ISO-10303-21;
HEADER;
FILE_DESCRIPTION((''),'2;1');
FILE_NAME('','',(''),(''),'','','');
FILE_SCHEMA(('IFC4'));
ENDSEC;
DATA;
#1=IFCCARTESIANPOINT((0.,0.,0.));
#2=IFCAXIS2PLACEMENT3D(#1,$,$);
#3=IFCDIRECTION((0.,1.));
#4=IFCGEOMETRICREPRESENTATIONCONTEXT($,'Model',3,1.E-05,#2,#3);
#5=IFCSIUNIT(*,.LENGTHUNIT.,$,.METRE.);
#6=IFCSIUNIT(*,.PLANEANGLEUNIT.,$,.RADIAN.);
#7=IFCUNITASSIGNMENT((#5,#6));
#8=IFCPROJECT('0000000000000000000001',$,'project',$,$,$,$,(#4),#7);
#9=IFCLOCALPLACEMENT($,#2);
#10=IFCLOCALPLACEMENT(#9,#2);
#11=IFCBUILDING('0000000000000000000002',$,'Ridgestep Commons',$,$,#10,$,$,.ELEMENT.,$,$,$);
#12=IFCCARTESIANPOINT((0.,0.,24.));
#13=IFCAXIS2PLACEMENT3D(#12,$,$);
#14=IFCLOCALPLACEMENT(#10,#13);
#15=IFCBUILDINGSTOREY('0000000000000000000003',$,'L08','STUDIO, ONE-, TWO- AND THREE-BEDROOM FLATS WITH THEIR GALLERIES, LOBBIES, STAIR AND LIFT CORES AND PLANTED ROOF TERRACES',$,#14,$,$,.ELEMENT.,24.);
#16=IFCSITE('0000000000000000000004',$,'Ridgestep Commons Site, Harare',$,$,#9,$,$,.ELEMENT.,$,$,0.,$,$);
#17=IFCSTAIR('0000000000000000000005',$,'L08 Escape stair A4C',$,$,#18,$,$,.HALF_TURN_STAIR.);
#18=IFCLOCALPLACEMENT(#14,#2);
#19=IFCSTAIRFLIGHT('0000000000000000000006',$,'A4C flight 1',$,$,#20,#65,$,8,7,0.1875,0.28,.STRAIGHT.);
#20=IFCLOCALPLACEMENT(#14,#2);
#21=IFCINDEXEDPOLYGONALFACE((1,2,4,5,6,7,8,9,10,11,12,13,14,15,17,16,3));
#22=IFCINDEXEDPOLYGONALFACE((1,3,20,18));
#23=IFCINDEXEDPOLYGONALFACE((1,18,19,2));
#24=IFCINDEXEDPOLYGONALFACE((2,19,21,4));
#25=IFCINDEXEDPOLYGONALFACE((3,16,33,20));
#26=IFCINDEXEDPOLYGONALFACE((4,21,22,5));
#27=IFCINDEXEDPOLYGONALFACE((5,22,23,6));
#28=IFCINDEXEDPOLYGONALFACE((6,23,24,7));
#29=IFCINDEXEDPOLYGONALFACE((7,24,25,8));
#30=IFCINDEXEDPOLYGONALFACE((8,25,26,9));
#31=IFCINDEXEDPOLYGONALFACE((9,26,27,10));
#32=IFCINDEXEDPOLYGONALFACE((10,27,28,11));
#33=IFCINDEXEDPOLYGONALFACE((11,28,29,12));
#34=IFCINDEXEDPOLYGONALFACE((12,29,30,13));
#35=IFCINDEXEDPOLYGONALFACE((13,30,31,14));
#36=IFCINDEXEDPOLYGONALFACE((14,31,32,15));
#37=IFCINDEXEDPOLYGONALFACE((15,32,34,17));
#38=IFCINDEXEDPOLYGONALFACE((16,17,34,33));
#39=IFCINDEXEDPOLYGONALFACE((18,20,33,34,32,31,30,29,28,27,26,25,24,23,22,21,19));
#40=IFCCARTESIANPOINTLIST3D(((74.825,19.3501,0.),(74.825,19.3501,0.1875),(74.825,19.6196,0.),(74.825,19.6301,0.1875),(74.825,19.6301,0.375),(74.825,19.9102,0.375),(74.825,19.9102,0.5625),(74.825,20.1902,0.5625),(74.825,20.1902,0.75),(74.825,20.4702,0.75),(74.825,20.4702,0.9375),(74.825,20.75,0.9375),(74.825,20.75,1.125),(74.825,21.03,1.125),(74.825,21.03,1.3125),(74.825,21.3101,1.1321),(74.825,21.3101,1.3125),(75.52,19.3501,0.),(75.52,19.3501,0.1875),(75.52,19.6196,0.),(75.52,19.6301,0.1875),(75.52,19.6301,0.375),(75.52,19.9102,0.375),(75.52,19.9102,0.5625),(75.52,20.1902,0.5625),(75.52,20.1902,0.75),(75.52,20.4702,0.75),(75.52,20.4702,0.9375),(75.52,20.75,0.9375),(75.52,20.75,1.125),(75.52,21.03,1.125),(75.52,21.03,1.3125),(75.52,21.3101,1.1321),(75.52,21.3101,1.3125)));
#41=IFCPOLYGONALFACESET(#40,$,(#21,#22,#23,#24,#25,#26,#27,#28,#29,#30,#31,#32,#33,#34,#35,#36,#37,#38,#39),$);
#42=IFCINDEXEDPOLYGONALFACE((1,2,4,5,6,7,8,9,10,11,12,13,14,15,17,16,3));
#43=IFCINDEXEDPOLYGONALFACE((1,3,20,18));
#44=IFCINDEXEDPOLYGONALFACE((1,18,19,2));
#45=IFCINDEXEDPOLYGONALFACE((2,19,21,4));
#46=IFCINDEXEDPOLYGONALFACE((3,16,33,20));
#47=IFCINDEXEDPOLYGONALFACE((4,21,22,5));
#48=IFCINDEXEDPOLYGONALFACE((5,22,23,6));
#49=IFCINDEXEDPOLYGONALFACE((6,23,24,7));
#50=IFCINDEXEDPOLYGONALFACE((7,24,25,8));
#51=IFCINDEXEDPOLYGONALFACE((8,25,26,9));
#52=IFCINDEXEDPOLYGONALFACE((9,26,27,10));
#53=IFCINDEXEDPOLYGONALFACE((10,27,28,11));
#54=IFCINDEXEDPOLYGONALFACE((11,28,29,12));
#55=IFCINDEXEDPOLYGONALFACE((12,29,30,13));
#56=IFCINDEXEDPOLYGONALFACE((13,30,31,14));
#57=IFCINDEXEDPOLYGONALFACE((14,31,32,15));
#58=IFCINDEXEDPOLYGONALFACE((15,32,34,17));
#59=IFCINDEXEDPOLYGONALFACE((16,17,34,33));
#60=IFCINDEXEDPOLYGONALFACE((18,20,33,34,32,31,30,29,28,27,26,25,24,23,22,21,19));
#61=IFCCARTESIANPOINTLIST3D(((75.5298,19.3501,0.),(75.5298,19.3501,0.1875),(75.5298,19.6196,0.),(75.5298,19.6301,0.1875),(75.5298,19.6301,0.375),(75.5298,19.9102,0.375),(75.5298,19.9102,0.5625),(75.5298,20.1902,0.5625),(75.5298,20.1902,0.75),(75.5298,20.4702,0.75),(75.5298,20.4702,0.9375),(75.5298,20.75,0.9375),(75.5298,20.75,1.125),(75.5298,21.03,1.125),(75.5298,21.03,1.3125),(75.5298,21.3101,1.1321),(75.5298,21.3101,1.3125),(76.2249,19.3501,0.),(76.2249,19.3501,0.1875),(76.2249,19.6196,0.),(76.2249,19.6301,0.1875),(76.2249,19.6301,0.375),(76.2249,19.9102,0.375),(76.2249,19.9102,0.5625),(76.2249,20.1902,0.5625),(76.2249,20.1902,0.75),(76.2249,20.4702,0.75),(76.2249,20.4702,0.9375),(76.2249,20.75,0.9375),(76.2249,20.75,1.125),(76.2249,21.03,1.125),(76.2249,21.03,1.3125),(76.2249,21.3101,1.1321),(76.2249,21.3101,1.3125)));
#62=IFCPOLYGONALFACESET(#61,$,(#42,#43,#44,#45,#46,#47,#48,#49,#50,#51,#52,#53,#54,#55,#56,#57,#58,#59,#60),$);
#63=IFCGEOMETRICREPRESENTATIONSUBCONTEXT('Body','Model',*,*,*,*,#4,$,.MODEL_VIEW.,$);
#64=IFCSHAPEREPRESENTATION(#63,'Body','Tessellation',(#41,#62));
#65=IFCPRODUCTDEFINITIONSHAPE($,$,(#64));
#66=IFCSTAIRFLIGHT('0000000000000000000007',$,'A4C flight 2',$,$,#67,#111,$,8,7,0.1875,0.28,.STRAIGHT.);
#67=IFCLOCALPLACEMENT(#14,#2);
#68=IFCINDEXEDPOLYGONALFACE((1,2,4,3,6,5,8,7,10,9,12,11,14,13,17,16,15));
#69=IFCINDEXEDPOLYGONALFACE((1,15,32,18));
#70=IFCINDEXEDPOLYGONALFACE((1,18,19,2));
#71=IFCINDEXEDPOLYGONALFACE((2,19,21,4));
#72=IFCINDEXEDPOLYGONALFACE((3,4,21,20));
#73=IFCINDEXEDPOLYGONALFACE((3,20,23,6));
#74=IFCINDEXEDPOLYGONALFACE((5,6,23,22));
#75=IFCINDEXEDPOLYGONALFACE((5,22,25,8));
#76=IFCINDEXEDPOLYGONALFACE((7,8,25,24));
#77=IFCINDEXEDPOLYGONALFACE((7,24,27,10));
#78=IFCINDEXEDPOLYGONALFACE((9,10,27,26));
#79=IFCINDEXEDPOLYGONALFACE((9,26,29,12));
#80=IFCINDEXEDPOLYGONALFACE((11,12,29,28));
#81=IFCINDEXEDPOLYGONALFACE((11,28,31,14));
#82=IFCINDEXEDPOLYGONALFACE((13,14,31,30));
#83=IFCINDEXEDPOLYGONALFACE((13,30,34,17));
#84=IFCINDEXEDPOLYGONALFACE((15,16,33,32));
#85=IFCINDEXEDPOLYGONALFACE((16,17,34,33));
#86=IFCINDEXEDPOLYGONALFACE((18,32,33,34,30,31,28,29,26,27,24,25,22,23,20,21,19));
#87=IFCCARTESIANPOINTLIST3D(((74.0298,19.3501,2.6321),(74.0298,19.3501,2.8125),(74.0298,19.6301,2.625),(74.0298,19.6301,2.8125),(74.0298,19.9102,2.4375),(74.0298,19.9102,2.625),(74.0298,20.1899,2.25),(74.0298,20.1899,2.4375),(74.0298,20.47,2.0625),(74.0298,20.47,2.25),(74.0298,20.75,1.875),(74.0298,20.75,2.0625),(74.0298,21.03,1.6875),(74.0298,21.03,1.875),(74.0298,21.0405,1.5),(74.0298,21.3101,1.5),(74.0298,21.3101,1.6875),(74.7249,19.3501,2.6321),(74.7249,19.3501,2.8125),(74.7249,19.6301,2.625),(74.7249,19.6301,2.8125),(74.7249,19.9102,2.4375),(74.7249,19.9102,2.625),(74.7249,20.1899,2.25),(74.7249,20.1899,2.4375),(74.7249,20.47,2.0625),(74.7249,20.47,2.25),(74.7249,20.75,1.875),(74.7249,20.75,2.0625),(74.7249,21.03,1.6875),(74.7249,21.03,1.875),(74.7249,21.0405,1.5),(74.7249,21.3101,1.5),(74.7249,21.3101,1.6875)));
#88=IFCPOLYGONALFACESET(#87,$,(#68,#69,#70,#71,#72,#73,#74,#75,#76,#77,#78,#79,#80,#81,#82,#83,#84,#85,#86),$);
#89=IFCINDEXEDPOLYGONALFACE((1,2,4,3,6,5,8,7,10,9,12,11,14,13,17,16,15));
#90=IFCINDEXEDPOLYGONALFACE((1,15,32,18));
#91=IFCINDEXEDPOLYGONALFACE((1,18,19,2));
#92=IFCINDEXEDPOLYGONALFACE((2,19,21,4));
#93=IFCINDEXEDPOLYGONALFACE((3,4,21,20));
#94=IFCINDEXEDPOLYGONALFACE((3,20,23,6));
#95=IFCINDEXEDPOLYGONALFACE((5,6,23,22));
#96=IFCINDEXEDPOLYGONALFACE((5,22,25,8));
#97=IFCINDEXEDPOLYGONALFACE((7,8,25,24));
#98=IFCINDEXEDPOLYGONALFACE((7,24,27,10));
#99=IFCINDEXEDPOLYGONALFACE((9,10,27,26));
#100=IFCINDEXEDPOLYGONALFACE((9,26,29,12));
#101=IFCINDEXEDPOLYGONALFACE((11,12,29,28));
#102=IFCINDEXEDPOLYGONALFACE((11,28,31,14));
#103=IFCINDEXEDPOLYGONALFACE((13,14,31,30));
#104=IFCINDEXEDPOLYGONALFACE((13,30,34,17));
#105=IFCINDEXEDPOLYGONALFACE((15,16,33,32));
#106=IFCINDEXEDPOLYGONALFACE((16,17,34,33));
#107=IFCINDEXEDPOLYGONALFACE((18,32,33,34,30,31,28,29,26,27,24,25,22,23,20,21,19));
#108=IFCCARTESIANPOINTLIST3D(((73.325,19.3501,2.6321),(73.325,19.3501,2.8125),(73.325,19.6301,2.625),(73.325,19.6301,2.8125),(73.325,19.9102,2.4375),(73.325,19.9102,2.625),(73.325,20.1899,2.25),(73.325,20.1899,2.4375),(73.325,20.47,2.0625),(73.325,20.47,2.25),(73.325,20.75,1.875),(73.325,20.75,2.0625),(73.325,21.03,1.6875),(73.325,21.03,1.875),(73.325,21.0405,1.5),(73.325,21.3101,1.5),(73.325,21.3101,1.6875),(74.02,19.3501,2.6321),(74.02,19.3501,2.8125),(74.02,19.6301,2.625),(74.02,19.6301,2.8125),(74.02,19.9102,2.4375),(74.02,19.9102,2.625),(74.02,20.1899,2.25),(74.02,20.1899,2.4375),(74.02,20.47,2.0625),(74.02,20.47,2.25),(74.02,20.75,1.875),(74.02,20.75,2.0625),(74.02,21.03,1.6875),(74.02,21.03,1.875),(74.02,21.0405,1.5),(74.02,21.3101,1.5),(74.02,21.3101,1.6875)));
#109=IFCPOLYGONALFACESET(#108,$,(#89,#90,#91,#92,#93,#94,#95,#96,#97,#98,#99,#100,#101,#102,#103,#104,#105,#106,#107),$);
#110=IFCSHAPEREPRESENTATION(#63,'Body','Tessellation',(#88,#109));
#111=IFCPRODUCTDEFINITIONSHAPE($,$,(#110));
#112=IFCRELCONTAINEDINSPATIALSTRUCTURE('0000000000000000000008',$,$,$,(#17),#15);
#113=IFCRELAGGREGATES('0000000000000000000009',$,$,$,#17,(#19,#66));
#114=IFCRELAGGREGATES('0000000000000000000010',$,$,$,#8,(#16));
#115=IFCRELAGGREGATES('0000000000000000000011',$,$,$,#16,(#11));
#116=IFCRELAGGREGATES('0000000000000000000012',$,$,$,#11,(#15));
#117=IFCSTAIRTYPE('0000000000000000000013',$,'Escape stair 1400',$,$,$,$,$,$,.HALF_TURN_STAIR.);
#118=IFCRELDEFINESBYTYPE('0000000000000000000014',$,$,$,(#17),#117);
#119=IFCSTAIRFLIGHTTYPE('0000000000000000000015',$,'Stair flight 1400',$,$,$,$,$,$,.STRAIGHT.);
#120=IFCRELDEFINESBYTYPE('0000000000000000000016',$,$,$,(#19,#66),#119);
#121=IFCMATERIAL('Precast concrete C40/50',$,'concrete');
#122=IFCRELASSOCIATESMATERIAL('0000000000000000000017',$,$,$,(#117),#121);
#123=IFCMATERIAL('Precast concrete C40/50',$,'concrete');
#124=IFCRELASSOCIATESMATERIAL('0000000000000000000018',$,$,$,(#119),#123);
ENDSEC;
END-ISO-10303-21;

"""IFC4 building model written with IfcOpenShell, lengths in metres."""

from ifc_helpers import new_model, si_unit, direction, frame, origin, place, context, subcontext, project, spatial, polyline, outline, extrude, material, type_object, element, aggregate, save


model = new_model("IFC4")

# Units and contexts
model_context = context("Model", 3, precision=1e-05, world=origin(), true_north=direction((0.0, 1.0)))
body_context = subcontext(model_context, "Body", "Model", "MODEL_VIEW")
ifc_project = project(units=[si_unit("LENGTHUNIT", "METRE"), si_unit("PLANEANGLEUNIT", "RADIAN")], contexts=[model_context])

# Site, building, storey
site_placement = place(None, origin())
site = spatial("IfcSite", under=ifc_project, at=site_placement, Name="Ridgestep Commons Site, Harare", CompositionType="ELEMENT", RefElevation=0.0)
building_placement = place(site_placement, origin())
building = spatial("IfcBuilding", under=site, at=building_placement, Name="Ridgestep Commons", CompositionType="ELEMENT")
storey_placement = place(building_placement, frame((0.0, 0.0, 24.0)))
storey = spatial("IfcBuildingStorey", under=building, at=storey_placement, Name="L08", Description="STUDIO, ONE-, TWO- AND THREE-BEDROOM FLATS WITH THEIR GALLERIES, LOBBIES, STAIR AND LIFT CORES AND PLANTED ROOF TERRACES", CompositionType="ELEMENT", Elevation=24.0)

# Stair, stair flights
ifc_material_1 = material(Name="Precast concrete C40/50", Category="concrete")
stair_type = type_object("IfcStairType", Name="Escape stair 1400", PredefinedType="HALF_TURN_STAIR", material=ifc_material_1)
stair_placement = place(storey_placement, origin())
stair = element("IfcStair", 1, at=stair_placement, inside=storey, type_object=stair_type, Name="L08 Escape stair A4C", PredefinedType="HALF_TURN_STAIR")
ifc_material_2 = material(Name="Precast concrete C40/50", Category="concrete")
stair_flight_type = type_object("IfcStairFlightType", Name="Stair flight 1400", PredefinedType="STRAIGHT", material=ifc_material_2)
stair_flight_1_placement = place(storey_placement, frame((75.5249, 19.3501, 0.0), z_axis=(0.0, 0.0, 1.0), x_axis=(0.0, 1.0, 0.0)))
stair_flight_1 = element("IfcStairFlight", 2, at=stair_flight_1_placement, type_object=stair_flight_type, Name="A4C flight 1", NumberOfRisers=8, NumberOfTreads=7, PredefinedType="STRAIGHT", RiserHeight=0.1875, TreadLength=0.28, context=body_context, shape_type="SweptSolid", body=[
    extrude(outline(polyline([(0.0, 0.0), (0.0, 0.1875), (0.28, 0.1875), (0.28, 0.375), (0.5601, 0.375), (0.5601, 0.5625), (0.8401, 0.5625), (0.8401, 0.75), (1.1201, 0.75), (1.1201, 0.9375), (1.3999, 0.9375), (1.3999, 1.125), (1.6799, 1.125), (1.6799, 1.3125), (1.96, 1.3125), (1.96, 1.5), (1.96, 1.1321), (0.2695, 0.0), (0.0, 0.0)])), frame((0.0, 0.7, 0.0), z_axis=(0.0, -1.0, 0.0), x_axis=(1.0, 0.0, 0.0)), (0.0, 0.0, 1.0), 0.6951),
    extrude(outline(polyline([(0.0, 0.0), (0.0, 0.1875), (0.28, 0.1875), (0.28, 0.375), (0.5601, 0.375), (0.5601, 0.5625), (0.8401, 0.5625), (0.8401, 0.75), (1.1201, 0.75), (1.1201, 0.9375), (1.3999, 0.9375), (1.3999, 1.125), (1.6799, 1.125), (1.6799, 1.3125), (1.96, 1.3125), (1.96, 1.5), (1.96, 1.1321), (0.2695, 0.0), (0.0, 0.0)])), frame((0.0, -0.0049, 0.0), z_axis=(0.0, -1.0, 0.0), x_axis=(1.0, 0.0, 0.0)), (0.0, 0.0, 1.0), 0.6951),
])
stair_flight_2_placement = place(storey_placement, frame((74.0249, 21.3101, 1.5), z_axis=(0.0, 0.0, 1.0), x_axis=(0.0, -1.0, 0.0)))
stair_flight_2 = element("IfcStairFlight", 3, at=stair_flight_2_placement, type_object=stair_flight_type, Name="A4C flight 2", NumberOfRisers=8, NumberOfTreads=7, PredefinedType="STRAIGHT", RiserHeight=0.1875, TreadLength=0.28, context=body_context, shape_type="SweptSolid", body=[
    extrude(outline(polyline([(0.0, 0.0), (0.0, 0.1875), (0.28, 0.1875), (0.28, 0.375), (0.5601, 0.375), (0.5601, 0.5625), (0.8401, 0.5625), (0.8401, 0.75), (1.1201, 0.75), (1.1201, 0.9375), (1.3999, 0.9375), (1.3999, 1.125), (1.6799, 1.125), (1.6799, 1.3125), (1.96, 1.3125), (1.96, 1.5), (1.96, 1.1321), (0.2695, 0.0), (0.0, 0.0)])), frame((0.0, 0.7, 0.0), z_axis=(0.0, -1.0, 0.0), x_axis=(1.0, 0.0, 0.0)), (0.0, 0.0, 1.0), 0.6951),
    extrude(outline(polyline([(0.0, 0.0), (0.0, 0.1875), (0.28, 0.1875), (0.28, 0.375), (0.5601, 0.375), (0.5601, 0.5625), (0.8401, 0.5625), (0.8401, 0.75), (1.1201, 0.75), (1.1201, 0.9375), (1.3999, 0.9375), (1.3999, 1.125), (1.6799, 1.125), (1.6799, 1.3125), (1.96, 1.3125), (1.96, 1.5), (1.96, 1.1321), (0.2695, 0.0), (0.0, 0.0)])), frame((0.0, -0.0049, 0.0), z_axis=(0.0, -1.0, 0.0), x_axis=(1.0, 0.0, 0.0)), (0.0, 0.0, 1.0), 0.6951),
])
aggregate(stair, [stair_flight_1, stair_flight_2])

save(model, "model.ifc")
